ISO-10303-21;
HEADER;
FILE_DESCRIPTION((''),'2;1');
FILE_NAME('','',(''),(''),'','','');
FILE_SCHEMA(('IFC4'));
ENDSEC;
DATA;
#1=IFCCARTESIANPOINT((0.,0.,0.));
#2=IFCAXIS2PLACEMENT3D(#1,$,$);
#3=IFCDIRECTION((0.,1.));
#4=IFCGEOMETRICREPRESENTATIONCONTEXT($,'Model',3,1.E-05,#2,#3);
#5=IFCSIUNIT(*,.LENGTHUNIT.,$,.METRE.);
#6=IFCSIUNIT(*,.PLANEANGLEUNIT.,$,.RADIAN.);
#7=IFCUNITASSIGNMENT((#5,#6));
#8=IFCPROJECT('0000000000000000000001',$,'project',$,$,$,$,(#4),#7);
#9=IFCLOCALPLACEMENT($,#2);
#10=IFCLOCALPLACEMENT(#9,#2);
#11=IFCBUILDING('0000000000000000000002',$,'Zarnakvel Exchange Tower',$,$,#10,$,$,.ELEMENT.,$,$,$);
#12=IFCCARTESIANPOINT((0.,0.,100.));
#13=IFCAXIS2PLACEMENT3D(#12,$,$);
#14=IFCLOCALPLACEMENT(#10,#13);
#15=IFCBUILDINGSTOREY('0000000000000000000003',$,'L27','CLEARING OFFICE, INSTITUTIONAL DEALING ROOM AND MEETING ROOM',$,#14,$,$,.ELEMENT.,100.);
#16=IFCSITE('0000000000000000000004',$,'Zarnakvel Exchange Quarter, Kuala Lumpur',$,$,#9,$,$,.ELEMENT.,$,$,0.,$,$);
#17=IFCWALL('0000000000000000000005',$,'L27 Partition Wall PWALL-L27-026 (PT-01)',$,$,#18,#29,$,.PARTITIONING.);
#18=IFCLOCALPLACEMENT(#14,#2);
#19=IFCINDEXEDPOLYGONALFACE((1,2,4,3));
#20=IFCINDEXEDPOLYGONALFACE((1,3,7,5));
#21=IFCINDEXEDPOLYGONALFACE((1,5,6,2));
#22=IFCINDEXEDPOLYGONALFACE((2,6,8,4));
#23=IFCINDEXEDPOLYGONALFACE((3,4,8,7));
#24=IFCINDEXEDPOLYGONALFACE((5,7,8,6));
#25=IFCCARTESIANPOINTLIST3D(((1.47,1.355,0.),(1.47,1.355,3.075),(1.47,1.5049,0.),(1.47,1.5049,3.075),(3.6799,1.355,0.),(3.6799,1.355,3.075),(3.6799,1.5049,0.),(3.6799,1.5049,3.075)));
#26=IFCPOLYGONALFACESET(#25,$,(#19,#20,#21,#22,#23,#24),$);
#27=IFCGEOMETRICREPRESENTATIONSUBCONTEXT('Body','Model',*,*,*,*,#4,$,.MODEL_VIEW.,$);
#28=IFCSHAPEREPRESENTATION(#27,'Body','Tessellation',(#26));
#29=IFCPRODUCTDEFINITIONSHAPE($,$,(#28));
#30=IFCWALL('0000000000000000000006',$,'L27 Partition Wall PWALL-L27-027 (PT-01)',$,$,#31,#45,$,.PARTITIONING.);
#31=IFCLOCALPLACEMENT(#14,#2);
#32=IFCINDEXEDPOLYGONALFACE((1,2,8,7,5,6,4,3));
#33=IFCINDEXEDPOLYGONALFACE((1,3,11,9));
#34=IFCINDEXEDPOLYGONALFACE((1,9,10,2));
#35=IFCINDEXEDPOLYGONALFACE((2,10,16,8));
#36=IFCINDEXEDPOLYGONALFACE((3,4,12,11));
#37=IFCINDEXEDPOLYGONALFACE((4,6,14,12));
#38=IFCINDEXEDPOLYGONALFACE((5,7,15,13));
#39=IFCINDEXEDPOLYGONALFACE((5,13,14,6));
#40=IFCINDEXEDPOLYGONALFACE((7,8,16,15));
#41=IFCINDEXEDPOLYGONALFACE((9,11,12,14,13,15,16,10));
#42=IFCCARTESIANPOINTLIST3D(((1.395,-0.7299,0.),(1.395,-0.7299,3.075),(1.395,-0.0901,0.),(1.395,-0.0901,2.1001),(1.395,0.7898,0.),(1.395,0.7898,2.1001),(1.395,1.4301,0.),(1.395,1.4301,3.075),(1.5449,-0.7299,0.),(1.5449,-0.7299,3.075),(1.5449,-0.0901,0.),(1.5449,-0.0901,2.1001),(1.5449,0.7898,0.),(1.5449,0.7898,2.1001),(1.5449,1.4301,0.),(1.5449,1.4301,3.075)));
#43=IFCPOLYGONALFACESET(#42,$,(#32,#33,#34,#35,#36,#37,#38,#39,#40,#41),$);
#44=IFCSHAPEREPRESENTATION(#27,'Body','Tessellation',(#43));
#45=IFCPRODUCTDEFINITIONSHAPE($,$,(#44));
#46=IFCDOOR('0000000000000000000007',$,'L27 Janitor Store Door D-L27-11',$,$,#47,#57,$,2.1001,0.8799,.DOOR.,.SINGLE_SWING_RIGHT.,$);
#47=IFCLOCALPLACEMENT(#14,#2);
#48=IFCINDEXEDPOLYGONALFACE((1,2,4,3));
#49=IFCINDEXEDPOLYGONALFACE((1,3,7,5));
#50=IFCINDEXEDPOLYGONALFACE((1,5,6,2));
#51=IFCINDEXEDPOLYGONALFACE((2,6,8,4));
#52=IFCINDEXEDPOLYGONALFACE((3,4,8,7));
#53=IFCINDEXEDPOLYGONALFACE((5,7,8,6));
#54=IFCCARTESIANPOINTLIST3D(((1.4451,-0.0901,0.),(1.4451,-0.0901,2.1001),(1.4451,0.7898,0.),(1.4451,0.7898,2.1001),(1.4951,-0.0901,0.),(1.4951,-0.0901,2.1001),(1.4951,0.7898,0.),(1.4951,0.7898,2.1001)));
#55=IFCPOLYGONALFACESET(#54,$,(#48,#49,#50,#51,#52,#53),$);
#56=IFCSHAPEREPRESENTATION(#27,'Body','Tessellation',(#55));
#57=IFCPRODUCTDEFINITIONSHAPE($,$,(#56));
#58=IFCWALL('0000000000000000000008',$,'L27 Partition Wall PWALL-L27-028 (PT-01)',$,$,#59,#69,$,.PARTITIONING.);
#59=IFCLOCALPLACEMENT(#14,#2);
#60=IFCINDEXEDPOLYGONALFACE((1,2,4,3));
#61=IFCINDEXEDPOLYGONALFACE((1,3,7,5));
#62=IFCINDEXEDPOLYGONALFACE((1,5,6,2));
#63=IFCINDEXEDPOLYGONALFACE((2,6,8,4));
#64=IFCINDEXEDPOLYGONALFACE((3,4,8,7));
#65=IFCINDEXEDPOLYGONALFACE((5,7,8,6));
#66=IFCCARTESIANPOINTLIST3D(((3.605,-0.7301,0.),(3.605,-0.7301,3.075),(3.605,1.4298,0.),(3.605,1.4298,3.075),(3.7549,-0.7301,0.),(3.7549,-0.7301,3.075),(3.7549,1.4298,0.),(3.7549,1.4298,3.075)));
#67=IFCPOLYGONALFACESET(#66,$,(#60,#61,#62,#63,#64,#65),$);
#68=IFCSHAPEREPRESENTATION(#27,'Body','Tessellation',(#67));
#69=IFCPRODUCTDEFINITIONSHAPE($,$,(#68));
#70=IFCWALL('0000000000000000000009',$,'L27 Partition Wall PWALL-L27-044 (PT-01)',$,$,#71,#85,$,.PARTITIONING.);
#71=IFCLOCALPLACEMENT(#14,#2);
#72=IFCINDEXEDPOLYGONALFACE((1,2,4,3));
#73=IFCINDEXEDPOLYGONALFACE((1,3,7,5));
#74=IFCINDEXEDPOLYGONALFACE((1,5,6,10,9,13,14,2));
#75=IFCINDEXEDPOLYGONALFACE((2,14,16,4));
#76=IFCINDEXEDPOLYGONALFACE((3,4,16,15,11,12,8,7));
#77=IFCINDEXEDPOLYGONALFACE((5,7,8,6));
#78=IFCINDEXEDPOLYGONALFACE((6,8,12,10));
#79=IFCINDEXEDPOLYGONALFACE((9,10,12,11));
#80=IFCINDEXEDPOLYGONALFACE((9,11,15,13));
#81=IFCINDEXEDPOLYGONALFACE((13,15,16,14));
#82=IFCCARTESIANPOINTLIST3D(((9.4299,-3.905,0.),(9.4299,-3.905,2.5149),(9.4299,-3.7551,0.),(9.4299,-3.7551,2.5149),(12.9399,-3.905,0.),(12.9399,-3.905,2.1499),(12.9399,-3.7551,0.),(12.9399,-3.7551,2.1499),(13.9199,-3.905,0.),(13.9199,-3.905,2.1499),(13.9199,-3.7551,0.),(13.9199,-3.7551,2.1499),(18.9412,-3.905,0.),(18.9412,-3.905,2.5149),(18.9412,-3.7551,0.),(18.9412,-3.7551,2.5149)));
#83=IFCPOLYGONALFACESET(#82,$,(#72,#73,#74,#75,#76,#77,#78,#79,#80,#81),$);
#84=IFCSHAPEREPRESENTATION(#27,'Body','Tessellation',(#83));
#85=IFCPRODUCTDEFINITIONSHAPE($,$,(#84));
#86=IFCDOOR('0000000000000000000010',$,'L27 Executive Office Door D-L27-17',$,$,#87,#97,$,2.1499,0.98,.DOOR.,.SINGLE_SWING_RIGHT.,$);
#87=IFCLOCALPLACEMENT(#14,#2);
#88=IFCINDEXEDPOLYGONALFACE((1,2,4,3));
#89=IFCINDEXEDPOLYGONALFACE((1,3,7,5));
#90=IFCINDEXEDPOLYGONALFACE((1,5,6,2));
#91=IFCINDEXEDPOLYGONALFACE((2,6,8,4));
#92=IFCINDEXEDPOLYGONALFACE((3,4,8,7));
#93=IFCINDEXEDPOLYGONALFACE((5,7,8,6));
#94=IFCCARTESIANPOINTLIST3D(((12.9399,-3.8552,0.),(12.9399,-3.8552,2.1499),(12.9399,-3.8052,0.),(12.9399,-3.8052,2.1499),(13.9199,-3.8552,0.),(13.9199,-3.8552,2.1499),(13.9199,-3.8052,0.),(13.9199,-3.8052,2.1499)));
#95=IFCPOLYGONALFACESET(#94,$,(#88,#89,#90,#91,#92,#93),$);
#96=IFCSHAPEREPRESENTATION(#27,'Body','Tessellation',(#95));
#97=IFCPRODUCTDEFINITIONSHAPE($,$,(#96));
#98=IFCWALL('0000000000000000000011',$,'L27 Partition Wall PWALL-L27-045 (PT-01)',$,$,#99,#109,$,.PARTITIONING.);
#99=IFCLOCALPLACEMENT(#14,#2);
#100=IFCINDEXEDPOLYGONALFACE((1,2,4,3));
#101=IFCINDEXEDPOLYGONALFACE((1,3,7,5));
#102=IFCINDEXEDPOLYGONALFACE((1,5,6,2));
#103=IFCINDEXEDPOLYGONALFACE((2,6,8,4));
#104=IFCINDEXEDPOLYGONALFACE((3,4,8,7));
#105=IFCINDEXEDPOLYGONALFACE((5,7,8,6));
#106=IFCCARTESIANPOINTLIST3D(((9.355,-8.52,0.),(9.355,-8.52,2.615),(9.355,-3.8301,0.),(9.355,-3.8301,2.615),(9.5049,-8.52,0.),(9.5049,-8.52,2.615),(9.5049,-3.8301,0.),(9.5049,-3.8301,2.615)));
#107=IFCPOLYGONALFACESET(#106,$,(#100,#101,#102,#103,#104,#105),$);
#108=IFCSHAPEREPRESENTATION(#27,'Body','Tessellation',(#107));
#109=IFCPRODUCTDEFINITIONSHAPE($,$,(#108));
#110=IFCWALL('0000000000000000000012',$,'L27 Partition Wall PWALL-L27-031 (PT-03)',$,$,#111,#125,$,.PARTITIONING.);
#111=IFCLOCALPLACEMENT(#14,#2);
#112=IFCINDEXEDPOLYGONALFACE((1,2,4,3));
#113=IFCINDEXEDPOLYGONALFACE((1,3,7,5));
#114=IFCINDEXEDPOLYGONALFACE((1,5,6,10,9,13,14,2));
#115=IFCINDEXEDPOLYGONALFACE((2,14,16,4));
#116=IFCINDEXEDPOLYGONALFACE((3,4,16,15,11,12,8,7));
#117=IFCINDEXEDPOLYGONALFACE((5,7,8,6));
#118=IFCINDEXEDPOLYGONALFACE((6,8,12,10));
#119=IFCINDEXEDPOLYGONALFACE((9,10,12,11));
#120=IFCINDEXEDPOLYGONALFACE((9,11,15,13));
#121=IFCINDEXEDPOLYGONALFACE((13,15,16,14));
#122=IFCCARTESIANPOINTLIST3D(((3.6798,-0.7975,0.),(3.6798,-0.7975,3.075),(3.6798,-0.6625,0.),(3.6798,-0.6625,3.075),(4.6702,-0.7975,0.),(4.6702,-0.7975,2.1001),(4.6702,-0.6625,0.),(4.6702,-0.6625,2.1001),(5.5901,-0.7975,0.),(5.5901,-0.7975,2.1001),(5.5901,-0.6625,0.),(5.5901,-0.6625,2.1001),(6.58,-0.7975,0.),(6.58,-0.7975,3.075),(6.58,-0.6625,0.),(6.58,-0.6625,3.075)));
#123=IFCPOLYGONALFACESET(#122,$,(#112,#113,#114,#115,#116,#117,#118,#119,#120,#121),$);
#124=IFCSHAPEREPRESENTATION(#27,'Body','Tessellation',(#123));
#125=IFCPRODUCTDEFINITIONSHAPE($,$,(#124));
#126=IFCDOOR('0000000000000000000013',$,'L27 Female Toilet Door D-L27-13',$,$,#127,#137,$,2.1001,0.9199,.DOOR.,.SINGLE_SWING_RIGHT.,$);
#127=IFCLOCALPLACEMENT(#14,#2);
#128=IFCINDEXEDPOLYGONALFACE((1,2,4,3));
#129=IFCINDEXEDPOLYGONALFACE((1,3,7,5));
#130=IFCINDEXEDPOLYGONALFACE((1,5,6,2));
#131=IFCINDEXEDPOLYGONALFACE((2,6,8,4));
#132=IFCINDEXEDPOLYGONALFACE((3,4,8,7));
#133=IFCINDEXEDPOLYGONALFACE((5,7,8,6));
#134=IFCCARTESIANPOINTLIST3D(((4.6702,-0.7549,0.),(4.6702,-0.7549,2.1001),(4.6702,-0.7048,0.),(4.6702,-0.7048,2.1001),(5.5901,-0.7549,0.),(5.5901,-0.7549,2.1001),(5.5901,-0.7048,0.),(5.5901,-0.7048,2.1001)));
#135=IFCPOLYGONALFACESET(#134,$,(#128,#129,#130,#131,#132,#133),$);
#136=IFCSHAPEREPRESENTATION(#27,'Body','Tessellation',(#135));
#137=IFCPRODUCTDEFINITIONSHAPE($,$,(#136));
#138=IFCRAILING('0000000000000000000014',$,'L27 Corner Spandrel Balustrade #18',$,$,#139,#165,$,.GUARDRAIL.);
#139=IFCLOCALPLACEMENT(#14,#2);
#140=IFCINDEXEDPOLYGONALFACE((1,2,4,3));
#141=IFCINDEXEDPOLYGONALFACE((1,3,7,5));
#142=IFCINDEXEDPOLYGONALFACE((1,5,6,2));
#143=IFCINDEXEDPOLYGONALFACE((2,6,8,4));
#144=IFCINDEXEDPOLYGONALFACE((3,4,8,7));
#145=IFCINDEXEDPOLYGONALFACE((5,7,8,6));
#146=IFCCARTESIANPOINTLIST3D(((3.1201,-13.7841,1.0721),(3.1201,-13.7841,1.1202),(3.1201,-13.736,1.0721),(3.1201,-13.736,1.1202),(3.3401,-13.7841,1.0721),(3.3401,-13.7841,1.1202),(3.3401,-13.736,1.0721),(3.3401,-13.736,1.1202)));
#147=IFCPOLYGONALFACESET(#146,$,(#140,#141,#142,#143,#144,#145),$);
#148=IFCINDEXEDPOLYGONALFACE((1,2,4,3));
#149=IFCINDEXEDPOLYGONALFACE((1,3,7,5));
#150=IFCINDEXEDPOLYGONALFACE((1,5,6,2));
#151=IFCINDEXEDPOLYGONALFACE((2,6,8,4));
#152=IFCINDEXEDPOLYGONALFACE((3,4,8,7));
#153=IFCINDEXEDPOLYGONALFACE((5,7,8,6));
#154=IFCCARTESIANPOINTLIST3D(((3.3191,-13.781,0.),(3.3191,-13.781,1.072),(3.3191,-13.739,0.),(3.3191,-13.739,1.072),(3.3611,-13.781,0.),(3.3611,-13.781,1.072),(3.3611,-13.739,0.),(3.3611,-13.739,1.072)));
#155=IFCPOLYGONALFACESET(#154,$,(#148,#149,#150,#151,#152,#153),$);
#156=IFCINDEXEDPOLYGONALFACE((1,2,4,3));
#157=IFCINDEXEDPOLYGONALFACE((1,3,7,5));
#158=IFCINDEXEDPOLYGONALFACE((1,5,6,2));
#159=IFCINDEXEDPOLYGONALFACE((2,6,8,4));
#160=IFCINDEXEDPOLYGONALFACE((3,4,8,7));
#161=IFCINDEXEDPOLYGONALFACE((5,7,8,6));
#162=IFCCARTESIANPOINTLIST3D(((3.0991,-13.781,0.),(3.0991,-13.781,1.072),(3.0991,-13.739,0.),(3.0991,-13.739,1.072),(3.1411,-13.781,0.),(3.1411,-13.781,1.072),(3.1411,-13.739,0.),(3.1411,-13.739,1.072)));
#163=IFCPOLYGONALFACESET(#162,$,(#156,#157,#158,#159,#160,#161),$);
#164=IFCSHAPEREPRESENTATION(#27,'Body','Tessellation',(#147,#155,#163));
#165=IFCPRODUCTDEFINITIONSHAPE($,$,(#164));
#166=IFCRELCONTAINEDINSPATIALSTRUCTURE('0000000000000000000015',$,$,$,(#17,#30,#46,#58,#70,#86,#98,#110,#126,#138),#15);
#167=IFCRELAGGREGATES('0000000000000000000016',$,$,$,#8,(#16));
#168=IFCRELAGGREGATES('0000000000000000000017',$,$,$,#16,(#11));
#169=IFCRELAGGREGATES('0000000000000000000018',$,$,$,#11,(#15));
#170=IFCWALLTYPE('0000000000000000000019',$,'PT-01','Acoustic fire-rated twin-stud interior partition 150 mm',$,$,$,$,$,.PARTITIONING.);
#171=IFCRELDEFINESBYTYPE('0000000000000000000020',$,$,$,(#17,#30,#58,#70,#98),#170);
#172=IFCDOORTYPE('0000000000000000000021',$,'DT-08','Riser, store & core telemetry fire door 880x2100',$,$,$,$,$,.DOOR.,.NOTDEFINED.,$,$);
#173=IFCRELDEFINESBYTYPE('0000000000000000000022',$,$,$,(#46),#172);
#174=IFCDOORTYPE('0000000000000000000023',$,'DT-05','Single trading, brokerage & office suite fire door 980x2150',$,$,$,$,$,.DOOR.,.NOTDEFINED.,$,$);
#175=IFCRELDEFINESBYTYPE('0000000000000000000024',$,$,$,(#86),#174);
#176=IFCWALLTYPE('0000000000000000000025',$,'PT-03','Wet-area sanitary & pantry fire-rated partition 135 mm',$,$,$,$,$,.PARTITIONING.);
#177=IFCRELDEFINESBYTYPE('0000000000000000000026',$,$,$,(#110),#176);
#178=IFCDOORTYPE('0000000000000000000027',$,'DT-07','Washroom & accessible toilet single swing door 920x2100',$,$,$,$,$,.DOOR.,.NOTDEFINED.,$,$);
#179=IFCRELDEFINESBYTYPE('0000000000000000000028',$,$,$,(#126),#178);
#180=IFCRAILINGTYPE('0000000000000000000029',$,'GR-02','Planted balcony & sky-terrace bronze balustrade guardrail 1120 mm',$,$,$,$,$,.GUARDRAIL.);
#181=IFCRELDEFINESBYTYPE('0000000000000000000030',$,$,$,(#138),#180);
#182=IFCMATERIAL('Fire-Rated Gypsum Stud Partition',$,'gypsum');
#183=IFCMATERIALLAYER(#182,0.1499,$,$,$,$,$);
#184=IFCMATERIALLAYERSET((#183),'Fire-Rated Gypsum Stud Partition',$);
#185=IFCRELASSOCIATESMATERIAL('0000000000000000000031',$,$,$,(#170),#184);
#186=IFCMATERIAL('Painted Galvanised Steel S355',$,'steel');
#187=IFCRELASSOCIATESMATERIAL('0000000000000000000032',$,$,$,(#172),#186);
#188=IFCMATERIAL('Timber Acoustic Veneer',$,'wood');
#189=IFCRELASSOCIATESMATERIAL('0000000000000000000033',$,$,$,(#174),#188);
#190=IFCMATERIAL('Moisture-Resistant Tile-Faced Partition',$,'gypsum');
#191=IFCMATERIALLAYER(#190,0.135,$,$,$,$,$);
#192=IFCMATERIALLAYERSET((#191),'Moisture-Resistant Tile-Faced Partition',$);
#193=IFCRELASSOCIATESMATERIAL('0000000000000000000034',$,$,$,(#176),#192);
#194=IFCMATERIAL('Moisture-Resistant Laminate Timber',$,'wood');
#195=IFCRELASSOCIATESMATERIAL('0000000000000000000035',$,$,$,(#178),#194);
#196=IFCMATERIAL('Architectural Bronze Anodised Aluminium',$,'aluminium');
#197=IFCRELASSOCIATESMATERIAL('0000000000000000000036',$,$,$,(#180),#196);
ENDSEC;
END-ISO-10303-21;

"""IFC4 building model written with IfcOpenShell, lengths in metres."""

from ifc_helpers import new_model, si_unit, direction, frame, frame_2d, origin, origin_2d, place, context, subcontext, project, spatial, rectangle, extrude, source, transform, mapped, material, layer, layer_set, type_object, element, fill, save


model = new_model("IFC4")

# Units and contexts
model_context = context("Model", 3, precision=1e-05, world=origin(), true_north=direction((0.0, 1.0)))
body_context = subcontext(model_context, "Body", "Model", "MODEL_VIEW")
ifc_project = project(units=[si_unit("LENGTHUNIT", "METRE"), si_unit("PLANEANGLEUNIT", "RADIAN")], contexts=[model_context])

# Site, building, storey
site_placement = place(None, origin())
site = spatial("IfcSite", under=ifc_project, at=site_placement, Name="Zarnakvel Exchange Quarter, Kuala Lumpur", CompositionType="ELEMENT", RefElevation=0.0)
building_placement = place(site_placement, origin())
building = spatial("IfcBuilding", under=site, at=building_placement, Name="Zarnakvel Exchange Tower", CompositionType="ELEMENT")
storey_placement = place(building_placement, frame((0.0, 0.0, 100.0)))
storey = spatial("IfcBuildingStorey", under=building, at=storey_placement, Name="L27", Description="CLEARING OFFICE, INSTITUTIONAL DEALING ROOM AND MEETING ROOM", CompositionType="ELEMENT", Elevation=100.0)

# Shared definitions
ifc_material_1 = material(Name="Painted Galvanised Steel S355", Category="steel")

# Wall
ifc_material_2 = material(Name="Fire-Rated Gypsum Stud Partition", Category="gypsum")
ifc_layer_1 = layer(ifc_material_2, 0.1499)
ifc_layer_set_1 = layer_set([ifc_layer_1], Name="Fire-Rated Gypsum Stud Partition")
wall_type_1 = type_object("IfcWallType", Name="PT-01", Description="Acoustic fire-rated twin-stud interior partition 150 mm", PredefinedType="PARTITIONING", material=ifc_layer_set_1)
for number, where, z_axis, x_axis, name in (
    (1, (1.47, 1.4299, 0.0), (0.0, 0.0, 1.0), (1.0, 0.0, 0.0), "L27 Partition Wall PWALL-L27-026 (PT-01)"),
):
    element("IfcWall", number, at=place(storey_placement, frame(where, z_axis=z_axis, x_axis=x_axis)), inside=storey, type_object=wall_type_1, Name=name, PredefinedType="PARTITIONING", context=body_context, shape_type="SweptSolid", body=[
        extrude(rectangle(XDim=2.21, YDim=0.1499, at=frame_2d((1.105, 0.0))), origin(), (0.0, 0.0, 1.0), 3.075),
    ])

# Wall, opening, door
wall_1_placement = place(storey_placement, frame((1.47, -0.73, 0.0), z_axis=(0.0, 0.0, 1.0), x_axis=(0.0, 1.0, 0.0)))
wall_1 = element("IfcWall", 2, at=wall_1_placement, inside=storey, type_object=wall_type_1, Name="L27 Partition Wall PWALL-L27-027 (PT-01)", PredefinedType="PARTITIONING", context=body_context, shape_type="SweptSolid", body=[
    extrude(rectangle(XDim=2.1599, YDim=0.1499, at=frame_2d((1.0801, 0.0))), origin(), (0.0, 0.0, 1.0), 3.075),
])
opening_1_placement = place(wall_1_placement, frame((0.6399, 0.0, 0.0)))
opening_1 = element("IfcOpeningElement", 3, at=opening_1_placement, cuts=wall_1, PredefinedType="OPENING", context=body_context, shape_type="SweptSolid", body=[
    extrude(rectangle(XDim=0.8799, YDim=2.1001, at=frame_2d((0.4399, 1.05))), frame((0.0, 0.085, 0.0), z_axis=(0.0, -1.0, 0.0), x_axis=(1.0, 0.0, 0.0)), (0.0, 0.0, 1.0), 0.1699),
])
door_type_1 = type_object("IfcDoorType", Name="DT-08", Description="Riser, store & core telemetry fire door 880x2100", OperationType="NOTDEFINED", PredefinedType="DOOR", material=ifc_material_1)
shared_shape_1 = source(origin(), body_context, "Body", "SweptSolid", [
    extrude(rectangle(XDim=0.8799, YDim=2.1001, at=frame_2d((0.4399, 1.05))), frame((0.0, 0.0249, 0.0), z_axis=(0.0, -1.0, 0.0), x_axis=(1.0, 0.0, 0.0)), (0.0, 0.0, 1.0), 0.05),
])
door_1_placement = place(opening_1_placement, origin())
door_1 = element("IfcDoor", 4, at=door_1_placement, inside=storey, type_object=door_type_1, Name="L27 Janitor Store Door D-L27-11", OperationType="SINGLE_SWING_RIGHT", OverallHeight=2.1001, OverallWidth=0.8799, PredefinedType="DOOR", context=body_context, shape_type="MappedRepresentation", body=[
    mapped(shared_shape_1, transform((0.0, 0.0, 0.0), x_axis=(1.0, 0.0, 0.0), y_axis=(0.0, 1.0, 0.0), z_axis=(0.0, 0.0, 1.0), scale=1.0)),
])
fill(opening_1, door_1)

# Wall
wall_2_placement = place(storey_placement, frame((3.6799, 1.4299, 0.0), z_axis=(0.0, 0.0, 1.0), x_axis=(0.0, -1.0, 0.0)))
element("IfcWall", 5, at=wall_2_placement, inside=storey, type_object=wall_type_1, Name="L27 Partition Wall PWALL-L27-028 (PT-01)", PredefinedType="PARTITIONING", context=body_context, shape_type="SweptSolid", body=[
    extrude(rectangle(XDim=2.1599, YDim=0.1499, at=frame_2d((1.0801, 0.0))), origin(), (0.0, 0.0, 1.0), 3.075),
])

# Wall, opening, door
ifc_material_3 = material(Name="Timber Acoustic Veneer", Category="wood")
door_type_2 = type_object("IfcDoorType", Name="DT-05", Description="Single trading, brokerage & office suite fire door 980x2150", OperationType="NOTDEFINED", PredefinedType="DOOR", material=ifc_material_3)
wall_3_placement = place(storey_placement, frame((9.4299, -3.8301, 0.0), z_axis=(0.0, 0.0, 1.0), x_axis=(1.0, 0.0, 0.0)))
wall_3 = element("IfcWall", 6, at=wall_3_placement, inside=storey, type_object=wall_type_1, Name="L27 Partition Wall PWALL-L27-044 (PT-01)", PredefinedType="PARTITIONING", context=body_context, shape_type="SweptSolid", body=[
    extrude(rectangle(XDim=9.5112, YDim=0.1499, at=frame_2d((4.7556, 0.0))), origin(), (0.0, 0.0, 1.0), 2.5149),
])
opening_2_placement = place(wall_3_placement, frame((3.51, 0.0, 0.0)))
opening_2 = element("IfcOpeningElement", 7, at=opening_2_placement, cuts=wall_3, PredefinedType="OPENING", context=body_context, shape_type="SweptSolid", body=[
    extrude(rectangle(XDim=0.98, YDim=2.1499, at=frame_2d((0.49, 1.075))), frame((0.0, 0.085, 0.0), z_axis=(0.0, -1.0, 0.0), x_axis=(1.0, 0.0, 0.0)), (0.0, 0.0, 1.0), 0.1699),
])
shared_shape_2 = source(origin(), body_context, "Body", "SweptSolid", [
    extrude(rectangle(XDim=0.98, YDim=2.1499, at=frame_2d((0.49, 1.075))), frame((0.0, 0.0249, 0.0), z_axis=(0.0, -1.0, 0.0), x_axis=(1.0, 0.0, 0.0)), (0.0, 0.0, 1.0), 0.05),
])
door_2_placement = place(opening_2_placement, origin())
door_2 = element("IfcDoor", 8, at=door_2_placement, inside=storey, type_object=door_type_2, Name="L27 Executive Office Door D-L27-17", OperationType="SINGLE_SWING_RIGHT", OverallHeight=2.1499, OverallWidth=0.98, PredefinedType="DOOR", context=body_context, shape_type="MappedRepresentation", body=[
    mapped(shared_shape_2, transform((0.0, 0.0, 0.0), x_axis=(1.0, 0.0, 0.0), y_axis=(0.0, 1.0, 0.0), z_axis=(0.0, 0.0, 1.0), scale=1.0)),
])
fill(opening_2, door_2)

# Wall
wall_4_placement = place(storey_placement, frame((9.4299, -8.52, 0.0), z_axis=(0.0, 0.0, 1.0), x_axis=(0.0, 1.0, 0.0)))
element("IfcWall", 9, at=wall_4_placement, inside=storey, type_object=wall_type_1, Name="L27 Partition Wall PWALL-L27-045 (PT-01)", PredefinedType="PARTITIONING", context=body_context, shape_type="SweptSolid", body=[
    extrude(rectangle(XDim=4.6899, YDim=0.1499, at=frame_2d((2.345, 0.0))), origin(), (0.0, 0.0, 1.0), 2.615),
])

# Wall, opening, door
ifc_material_4 = material(Name="Moisture-Resistant Tile-Faced Partition", Category="gypsum")
ifc_layer_2 = layer(ifc_material_4, 0.135)
ifc_layer_set_2 = layer_set([ifc_layer_2], Name="Moisture-Resistant Tile-Faced Partition")
wall_type_2 = type_object("IfcWallType", Name="PT-03", Description="Wet-area sanitary & pantry fire-rated partition 135 mm", PredefinedType="PARTITIONING", material=ifc_layer_set_2)
wall_5_placement = place(storey_placement, frame((6.5801, -0.73, 0.0), z_axis=(0.0, 0.0, 1.0), x_axis=(-1.0, 0.0, 0.0)))
wall_5 = element("IfcWall", 10, at=wall_5_placement, inside=storey, type_object=wall_type_2, Name="L27 Partition Wall PWALL-L27-031 (PT-03)", PredefinedType="PARTITIONING", context=body_context, shape_type="SweptSolid", body=[
    extrude(rectangle(XDim=2.9001, YDim=0.135, at=frame_2d((1.4502, 0.0))), origin(), (0.0, 0.0, 1.0), 3.075),
])
opening_3_placement = place(wall_5_placement, frame((0.99, 0.0, 0.0)))
opening_3 = element("IfcOpeningElement", 11, at=opening_3_placement, cuts=wall_5, PredefinedType="OPENING", context=body_context, shape_type="SweptSolid", body=[
    extrude(rectangle(XDim=0.9199, YDim=2.1001, at=frame_2d((0.46, 1.05))), frame((0.0, 0.0774, 0.0), z_axis=(0.0, -1.0, 0.0), x_axis=(1.0, 0.0, 0.0)), (0.0, 0.0, 1.0), 0.155),
])
ifc_material_5 = material(Name="Moisture-Resistant Laminate Timber", Category="wood")
door_type_3 = type_object("IfcDoorType", Name="DT-07", Description="Washroom & accessible toilet single swing door 920x2100", OperationType="NOTDEFINED", PredefinedType="DOOR", material=ifc_material_5)
shared_shape_3 = source(origin(), body_context, "Body", "SweptSolid", [
    extrude(rectangle(XDim=0.9199, YDim=2.1001, at=frame_2d((0.46, 1.05))), frame((0.0, 0.0249, 0.0), z_axis=(0.0, -1.0, 0.0), x_axis=(1.0, 0.0, 0.0)), (0.0, 0.0, 1.0), 0.05),
])
door_3_placement = place(opening_3_placement, origin())
door_3 = element("IfcDoor", 12, at=door_3_placement, inside=storey, type_object=door_type_3, Name="L27 Female Toilet Door D-L27-13", OperationType="SINGLE_SWING_RIGHT", OverallHeight=2.1001, OverallWidth=0.9199, PredefinedType="DOOR", context=body_context, shape_type="MappedRepresentation", body=[
    mapped(shared_shape_3, transform((0.0, 0.0, 0.0), x_axis=(1.0, 0.0, 0.0), y_axis=(0.0, 1.0, 0.0), z_axis=(0.0, 0.0, 1.0), scale=1.0)),
])
fill(opening_3, door_3)

# Railing
ifc_material_6 = material(Name="Architectural Bronze Anodised Aluminium", Category="aluminium")
railing_type = type_object("IfcRailingType", Name="GR-02", Description="Planted balcony & sky-terrace bronze balustrade guardrail 1120 mm", PredefinedType="GUARDRAIL", material=ifc_material_6)
railing_placement = place(storey_placement, frame((3.3401, -13.76, 0.0)))
element("IfcRailing", 13, at=railing_placement, inside=storey, type_object=railing_type, Name="L27 Corner Spandrel Balustrade #18", PredefinedType="GUARDRAIL", context=body_context, shape_type="SweptSolid", body=[
    extrude(rectangle(XDim=0.0481, YDim=0.0481, at=origin_2d()), frame((0.0, 0.0, 1.0962), z_axis=(-1.0, 0.0, 0.0), x_axis=(0.0, -1.0, 0.0)), (0.0, 0.0, 1.0), 0.22),
    extrude(rectangle(XDim=0.042, YDim=0.042, at=origin_2d()), origin(), (0.0, 0.0, 1.0), 1.072),
    extrude(rectangle(XDim=0.042, YDim=0.042, at=origin_2d()), frame((-0.22, 0.0, 0.0)), (0.0, 0.0, 1.0), 1.072),
])

save(model, "model.ifc")
